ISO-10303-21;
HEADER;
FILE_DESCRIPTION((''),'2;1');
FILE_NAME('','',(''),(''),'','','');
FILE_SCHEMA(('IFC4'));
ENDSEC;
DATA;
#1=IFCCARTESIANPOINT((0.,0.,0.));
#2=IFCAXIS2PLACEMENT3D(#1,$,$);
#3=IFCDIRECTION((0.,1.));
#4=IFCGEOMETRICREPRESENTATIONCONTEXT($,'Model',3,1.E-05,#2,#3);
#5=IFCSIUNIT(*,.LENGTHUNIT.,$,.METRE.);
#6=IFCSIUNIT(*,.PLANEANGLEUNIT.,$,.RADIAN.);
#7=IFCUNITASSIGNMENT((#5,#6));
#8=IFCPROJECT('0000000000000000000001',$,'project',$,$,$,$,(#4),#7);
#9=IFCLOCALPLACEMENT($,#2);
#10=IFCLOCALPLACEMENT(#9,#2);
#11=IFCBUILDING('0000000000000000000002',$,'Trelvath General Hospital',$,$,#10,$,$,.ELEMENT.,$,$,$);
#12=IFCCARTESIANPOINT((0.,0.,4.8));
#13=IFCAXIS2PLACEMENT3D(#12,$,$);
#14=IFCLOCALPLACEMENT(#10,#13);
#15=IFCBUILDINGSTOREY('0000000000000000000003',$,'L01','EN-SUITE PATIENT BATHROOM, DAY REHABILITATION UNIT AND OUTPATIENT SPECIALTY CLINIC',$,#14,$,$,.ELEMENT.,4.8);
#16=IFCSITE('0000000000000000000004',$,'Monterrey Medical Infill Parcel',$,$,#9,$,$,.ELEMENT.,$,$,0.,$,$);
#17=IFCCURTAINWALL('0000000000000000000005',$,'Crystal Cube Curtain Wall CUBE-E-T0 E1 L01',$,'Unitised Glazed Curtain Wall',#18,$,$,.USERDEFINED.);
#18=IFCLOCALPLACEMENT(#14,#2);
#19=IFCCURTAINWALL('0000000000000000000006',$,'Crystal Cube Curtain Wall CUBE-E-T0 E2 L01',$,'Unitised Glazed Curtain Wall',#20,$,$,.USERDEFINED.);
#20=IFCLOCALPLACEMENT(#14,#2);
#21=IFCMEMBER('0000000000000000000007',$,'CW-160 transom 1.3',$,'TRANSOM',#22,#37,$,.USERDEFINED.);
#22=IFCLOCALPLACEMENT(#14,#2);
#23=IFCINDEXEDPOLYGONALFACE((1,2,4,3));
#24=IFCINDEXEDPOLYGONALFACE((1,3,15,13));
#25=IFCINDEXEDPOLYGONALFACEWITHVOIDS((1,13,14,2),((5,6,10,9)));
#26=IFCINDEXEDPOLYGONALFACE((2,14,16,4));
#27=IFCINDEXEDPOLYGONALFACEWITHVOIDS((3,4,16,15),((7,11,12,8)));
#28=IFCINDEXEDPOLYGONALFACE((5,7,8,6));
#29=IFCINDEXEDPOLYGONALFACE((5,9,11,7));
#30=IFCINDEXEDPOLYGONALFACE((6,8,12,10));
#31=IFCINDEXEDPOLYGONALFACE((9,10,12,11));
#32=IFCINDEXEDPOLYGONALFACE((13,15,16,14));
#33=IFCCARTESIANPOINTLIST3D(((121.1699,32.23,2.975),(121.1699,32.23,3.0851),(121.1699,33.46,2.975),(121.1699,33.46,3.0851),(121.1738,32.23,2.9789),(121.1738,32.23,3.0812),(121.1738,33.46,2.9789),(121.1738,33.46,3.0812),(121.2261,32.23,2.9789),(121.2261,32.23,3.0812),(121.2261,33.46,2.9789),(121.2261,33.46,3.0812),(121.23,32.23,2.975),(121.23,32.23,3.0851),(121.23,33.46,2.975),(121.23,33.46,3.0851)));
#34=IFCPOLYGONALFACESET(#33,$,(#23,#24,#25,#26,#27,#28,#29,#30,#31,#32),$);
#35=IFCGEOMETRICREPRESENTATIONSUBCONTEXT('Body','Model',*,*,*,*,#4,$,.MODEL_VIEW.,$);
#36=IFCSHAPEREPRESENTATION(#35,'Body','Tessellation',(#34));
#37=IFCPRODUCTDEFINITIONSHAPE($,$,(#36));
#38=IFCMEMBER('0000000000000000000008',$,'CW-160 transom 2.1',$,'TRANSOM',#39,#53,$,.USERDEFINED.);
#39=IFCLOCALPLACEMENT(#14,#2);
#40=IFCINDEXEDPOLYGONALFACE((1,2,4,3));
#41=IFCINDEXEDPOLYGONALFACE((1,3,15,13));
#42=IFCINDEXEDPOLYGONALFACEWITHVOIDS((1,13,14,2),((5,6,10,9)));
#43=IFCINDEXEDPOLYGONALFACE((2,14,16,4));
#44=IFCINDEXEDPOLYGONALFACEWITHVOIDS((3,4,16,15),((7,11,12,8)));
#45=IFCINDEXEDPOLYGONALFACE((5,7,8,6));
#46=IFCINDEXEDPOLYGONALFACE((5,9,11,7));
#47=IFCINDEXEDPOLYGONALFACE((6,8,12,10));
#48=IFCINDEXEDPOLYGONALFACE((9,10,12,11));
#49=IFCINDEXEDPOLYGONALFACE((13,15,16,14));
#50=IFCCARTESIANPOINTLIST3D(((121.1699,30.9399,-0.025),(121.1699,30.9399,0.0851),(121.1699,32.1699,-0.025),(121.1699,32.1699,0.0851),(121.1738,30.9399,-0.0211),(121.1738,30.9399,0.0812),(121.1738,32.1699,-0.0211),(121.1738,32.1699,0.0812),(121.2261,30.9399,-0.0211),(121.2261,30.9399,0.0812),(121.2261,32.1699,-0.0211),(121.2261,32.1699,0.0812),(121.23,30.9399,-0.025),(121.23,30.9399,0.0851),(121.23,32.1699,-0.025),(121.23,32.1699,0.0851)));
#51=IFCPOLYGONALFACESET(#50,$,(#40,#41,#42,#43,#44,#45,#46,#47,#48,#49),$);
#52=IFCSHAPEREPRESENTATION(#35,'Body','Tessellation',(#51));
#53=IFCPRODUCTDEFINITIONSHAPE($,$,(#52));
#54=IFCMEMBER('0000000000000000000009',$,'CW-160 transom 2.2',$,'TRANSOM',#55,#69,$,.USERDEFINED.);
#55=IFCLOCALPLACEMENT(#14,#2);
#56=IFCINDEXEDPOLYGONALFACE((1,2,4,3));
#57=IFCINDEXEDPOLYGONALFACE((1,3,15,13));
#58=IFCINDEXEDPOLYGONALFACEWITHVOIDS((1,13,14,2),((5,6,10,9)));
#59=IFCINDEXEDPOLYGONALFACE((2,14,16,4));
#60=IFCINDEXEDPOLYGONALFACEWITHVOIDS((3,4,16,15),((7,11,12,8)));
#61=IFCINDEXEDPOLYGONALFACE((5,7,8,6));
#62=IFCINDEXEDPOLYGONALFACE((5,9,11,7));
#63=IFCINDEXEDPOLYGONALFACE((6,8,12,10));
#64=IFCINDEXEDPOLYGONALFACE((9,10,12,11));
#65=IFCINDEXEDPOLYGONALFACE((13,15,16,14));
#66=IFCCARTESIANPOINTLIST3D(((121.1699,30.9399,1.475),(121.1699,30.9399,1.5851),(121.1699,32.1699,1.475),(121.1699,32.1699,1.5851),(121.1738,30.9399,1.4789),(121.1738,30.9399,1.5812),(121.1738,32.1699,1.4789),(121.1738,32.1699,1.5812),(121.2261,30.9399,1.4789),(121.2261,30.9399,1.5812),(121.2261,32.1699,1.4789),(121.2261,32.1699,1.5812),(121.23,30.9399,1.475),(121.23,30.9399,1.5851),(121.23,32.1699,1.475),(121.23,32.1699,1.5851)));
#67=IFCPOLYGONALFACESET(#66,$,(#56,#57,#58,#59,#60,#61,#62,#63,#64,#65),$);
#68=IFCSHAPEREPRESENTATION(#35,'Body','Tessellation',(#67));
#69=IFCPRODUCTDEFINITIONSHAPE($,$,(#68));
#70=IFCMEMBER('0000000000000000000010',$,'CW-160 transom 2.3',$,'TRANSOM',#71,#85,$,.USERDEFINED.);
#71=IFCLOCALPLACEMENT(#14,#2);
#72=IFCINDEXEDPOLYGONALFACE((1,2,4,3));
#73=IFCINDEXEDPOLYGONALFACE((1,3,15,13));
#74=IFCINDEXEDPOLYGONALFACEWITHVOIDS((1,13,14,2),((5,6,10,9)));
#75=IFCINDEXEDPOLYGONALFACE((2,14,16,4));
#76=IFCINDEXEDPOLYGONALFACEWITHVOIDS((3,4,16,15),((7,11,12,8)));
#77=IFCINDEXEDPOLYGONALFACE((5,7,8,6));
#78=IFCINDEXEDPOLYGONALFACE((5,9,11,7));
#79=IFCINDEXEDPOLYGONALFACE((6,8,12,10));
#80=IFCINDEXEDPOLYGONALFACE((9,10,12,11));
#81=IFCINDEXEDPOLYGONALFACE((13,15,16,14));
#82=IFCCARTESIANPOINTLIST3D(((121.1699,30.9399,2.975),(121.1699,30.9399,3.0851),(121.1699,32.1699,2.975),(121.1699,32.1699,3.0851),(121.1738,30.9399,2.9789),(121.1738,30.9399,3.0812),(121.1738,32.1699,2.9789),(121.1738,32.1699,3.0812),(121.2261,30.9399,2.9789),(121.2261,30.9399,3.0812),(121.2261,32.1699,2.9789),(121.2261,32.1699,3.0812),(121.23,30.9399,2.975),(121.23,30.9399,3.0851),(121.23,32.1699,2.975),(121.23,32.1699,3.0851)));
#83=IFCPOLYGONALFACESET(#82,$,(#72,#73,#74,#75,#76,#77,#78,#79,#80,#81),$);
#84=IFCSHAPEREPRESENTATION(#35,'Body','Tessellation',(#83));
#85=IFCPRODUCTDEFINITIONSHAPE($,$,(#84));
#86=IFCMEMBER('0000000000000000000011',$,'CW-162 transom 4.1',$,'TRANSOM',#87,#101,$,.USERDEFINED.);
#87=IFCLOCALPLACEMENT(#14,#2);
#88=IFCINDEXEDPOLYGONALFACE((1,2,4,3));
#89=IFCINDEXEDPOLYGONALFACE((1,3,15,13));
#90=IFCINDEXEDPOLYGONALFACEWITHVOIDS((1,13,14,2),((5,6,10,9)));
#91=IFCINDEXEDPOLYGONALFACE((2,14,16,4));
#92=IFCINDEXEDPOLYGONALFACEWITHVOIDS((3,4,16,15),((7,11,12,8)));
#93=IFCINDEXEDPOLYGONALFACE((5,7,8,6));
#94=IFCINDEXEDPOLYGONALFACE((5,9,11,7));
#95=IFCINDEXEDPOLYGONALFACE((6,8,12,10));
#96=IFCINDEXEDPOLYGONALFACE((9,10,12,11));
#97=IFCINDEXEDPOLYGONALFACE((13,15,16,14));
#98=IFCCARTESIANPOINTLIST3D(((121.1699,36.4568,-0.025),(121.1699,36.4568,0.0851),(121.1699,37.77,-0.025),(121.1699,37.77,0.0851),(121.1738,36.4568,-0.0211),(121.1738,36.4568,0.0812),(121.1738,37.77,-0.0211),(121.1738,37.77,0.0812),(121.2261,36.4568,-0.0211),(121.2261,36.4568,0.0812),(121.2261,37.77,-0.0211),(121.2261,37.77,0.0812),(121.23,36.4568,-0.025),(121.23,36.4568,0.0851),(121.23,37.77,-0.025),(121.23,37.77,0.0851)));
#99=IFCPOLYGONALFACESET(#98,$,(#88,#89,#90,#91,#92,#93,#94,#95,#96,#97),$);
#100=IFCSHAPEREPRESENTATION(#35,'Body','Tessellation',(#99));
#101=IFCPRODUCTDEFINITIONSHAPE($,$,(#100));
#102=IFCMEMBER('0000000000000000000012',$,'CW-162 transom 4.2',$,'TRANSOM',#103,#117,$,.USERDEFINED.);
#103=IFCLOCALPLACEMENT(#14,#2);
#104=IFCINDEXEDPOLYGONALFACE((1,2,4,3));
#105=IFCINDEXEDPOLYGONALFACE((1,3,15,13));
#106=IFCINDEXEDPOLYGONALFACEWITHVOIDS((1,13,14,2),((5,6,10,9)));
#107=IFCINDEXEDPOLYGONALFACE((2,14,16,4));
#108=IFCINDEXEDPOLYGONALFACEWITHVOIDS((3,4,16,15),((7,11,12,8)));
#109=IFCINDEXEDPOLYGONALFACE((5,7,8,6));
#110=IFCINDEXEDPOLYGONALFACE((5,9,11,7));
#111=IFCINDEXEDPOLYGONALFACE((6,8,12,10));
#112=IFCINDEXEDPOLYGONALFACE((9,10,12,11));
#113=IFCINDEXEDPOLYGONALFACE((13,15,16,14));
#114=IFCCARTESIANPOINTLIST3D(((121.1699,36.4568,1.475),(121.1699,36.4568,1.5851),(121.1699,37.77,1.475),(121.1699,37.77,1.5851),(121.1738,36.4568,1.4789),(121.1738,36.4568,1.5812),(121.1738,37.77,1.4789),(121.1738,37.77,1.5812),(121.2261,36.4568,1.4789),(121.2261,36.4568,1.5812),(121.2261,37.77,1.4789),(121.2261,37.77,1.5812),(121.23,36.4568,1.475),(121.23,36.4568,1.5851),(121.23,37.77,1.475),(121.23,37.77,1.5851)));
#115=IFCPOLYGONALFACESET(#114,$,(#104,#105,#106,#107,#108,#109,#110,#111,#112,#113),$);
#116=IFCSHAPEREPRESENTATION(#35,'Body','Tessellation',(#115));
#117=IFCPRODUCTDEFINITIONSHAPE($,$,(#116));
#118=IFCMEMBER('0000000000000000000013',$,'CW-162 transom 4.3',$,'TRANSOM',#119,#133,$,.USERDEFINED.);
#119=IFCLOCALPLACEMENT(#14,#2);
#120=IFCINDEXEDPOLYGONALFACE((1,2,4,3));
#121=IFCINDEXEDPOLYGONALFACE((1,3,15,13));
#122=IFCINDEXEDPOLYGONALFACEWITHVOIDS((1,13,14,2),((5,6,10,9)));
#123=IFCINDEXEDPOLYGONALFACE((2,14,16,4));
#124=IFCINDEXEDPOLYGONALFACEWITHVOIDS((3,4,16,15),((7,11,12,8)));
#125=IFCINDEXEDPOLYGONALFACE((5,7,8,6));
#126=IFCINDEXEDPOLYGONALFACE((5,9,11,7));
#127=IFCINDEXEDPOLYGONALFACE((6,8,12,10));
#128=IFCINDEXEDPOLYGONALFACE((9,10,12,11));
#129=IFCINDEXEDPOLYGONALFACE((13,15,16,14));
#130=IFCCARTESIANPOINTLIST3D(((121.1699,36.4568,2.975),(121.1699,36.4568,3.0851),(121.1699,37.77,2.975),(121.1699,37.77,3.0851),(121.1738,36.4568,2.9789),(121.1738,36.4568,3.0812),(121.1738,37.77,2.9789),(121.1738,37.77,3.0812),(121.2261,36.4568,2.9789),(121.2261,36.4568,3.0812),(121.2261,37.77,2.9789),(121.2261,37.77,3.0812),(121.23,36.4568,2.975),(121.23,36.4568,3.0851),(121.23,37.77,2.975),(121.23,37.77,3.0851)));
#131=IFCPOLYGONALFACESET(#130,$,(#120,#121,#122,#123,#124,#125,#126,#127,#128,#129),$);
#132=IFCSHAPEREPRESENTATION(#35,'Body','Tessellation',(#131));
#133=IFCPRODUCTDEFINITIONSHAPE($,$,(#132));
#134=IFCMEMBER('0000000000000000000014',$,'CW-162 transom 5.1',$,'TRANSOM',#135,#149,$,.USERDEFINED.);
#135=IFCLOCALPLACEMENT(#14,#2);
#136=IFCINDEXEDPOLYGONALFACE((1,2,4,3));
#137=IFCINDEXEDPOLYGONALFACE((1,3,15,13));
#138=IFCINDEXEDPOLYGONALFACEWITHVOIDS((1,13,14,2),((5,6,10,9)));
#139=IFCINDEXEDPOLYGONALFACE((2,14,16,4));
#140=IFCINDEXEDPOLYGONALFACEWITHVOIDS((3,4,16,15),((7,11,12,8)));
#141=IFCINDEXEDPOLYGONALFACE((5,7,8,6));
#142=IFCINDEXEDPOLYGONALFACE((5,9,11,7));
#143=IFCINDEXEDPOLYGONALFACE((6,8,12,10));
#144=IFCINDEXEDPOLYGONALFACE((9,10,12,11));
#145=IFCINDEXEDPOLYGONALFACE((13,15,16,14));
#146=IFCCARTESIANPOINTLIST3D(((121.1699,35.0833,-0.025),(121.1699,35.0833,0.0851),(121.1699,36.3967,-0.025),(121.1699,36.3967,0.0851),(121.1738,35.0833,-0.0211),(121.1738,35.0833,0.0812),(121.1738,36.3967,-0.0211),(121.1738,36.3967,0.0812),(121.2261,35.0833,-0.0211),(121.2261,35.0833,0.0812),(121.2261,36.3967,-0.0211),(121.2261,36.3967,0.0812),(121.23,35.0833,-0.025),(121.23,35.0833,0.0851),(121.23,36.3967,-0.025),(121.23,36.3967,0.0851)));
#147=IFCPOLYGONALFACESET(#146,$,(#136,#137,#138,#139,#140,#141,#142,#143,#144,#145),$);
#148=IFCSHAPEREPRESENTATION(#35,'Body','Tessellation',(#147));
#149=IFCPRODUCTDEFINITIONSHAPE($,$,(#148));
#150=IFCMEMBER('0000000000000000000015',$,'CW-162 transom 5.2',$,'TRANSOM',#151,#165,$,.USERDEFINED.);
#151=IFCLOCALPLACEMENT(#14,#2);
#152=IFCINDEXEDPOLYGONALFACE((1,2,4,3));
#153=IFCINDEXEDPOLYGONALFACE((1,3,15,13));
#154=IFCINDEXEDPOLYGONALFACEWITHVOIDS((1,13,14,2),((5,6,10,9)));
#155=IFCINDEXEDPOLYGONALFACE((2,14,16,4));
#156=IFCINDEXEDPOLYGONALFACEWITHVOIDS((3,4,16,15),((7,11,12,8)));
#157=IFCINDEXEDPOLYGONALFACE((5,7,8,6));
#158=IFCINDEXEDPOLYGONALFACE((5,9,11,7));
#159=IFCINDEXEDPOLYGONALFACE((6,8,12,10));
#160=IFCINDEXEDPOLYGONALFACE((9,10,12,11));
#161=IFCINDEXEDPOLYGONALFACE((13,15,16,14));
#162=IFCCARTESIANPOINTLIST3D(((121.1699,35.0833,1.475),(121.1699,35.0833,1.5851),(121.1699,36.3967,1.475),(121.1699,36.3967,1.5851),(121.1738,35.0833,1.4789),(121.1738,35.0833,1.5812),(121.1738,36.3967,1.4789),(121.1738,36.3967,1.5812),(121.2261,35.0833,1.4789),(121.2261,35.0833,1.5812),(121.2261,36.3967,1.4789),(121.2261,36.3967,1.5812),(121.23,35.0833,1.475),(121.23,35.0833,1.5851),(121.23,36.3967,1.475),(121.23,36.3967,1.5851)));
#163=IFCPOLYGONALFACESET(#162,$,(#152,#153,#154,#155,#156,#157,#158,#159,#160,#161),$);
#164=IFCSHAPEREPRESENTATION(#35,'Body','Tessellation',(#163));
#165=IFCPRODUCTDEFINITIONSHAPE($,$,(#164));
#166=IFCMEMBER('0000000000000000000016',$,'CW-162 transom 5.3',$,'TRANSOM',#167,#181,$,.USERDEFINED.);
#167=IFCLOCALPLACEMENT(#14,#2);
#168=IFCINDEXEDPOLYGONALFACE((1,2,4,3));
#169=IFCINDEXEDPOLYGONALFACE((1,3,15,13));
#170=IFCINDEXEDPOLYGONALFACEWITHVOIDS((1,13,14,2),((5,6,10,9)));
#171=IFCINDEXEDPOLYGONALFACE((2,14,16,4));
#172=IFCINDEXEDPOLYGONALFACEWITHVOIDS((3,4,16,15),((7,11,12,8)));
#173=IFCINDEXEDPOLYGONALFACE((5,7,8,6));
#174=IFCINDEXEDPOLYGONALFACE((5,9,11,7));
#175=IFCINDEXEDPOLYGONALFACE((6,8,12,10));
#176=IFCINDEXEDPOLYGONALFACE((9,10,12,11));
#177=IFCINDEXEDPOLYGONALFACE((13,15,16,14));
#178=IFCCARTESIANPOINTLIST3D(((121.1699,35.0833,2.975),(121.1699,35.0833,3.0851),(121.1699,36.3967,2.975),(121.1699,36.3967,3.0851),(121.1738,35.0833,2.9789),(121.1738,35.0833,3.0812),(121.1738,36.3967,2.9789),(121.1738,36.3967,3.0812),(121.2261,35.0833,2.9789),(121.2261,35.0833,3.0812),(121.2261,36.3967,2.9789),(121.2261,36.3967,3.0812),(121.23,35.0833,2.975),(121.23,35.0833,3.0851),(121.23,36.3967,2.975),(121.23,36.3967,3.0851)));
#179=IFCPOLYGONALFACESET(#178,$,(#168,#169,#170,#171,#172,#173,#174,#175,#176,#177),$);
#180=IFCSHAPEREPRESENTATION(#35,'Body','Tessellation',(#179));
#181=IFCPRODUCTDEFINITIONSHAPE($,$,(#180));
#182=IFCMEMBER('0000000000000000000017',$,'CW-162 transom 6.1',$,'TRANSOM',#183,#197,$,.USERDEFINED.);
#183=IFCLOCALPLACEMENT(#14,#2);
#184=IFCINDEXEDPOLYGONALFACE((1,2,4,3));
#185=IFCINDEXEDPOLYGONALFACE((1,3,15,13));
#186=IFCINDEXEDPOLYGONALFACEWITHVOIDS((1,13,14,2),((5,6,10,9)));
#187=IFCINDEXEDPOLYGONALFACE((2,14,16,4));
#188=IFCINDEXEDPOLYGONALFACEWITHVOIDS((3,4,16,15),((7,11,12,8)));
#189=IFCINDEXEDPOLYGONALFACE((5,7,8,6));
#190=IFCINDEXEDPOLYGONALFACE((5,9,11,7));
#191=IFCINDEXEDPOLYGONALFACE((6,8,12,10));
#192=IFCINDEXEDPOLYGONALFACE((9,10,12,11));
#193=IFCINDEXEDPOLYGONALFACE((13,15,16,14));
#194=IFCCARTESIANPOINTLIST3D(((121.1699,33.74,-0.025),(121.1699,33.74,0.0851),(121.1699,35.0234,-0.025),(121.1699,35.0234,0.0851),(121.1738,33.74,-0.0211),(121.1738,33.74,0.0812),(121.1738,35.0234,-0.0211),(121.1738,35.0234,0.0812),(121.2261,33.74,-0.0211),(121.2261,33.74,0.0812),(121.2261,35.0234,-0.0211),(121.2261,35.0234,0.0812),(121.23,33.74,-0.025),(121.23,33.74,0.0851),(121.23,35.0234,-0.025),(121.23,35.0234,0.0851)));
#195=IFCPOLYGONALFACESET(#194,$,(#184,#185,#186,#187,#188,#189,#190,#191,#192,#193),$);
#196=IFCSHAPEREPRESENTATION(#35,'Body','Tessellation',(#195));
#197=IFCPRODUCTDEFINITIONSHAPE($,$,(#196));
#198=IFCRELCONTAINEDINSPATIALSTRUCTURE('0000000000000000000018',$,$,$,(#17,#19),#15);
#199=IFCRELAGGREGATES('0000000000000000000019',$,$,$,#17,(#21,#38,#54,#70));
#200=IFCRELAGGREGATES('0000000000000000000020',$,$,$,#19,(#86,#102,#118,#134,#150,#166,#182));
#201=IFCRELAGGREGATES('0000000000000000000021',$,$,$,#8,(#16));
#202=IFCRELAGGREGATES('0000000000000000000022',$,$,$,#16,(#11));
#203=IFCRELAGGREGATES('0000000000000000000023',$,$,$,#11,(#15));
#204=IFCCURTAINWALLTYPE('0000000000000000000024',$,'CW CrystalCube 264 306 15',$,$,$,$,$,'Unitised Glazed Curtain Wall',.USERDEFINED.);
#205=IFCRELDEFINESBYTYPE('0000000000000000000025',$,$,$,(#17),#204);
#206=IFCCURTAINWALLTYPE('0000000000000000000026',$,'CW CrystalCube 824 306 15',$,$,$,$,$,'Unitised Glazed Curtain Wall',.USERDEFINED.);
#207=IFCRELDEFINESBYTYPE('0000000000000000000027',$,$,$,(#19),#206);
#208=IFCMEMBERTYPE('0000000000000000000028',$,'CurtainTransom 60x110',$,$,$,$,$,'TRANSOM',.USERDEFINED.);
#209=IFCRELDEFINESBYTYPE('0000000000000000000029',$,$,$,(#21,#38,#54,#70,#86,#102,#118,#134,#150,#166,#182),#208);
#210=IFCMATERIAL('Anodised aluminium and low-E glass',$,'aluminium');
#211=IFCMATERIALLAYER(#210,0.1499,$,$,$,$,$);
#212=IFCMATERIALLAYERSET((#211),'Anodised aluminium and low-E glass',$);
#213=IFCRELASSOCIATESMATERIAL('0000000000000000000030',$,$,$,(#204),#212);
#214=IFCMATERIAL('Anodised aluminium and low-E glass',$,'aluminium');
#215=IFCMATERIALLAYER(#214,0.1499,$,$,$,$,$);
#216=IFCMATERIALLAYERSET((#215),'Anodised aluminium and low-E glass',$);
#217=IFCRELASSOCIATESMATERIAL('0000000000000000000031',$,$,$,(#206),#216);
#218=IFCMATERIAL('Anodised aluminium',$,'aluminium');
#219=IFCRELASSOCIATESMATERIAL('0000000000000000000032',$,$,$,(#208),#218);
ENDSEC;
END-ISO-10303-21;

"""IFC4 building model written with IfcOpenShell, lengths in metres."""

from ifc_helpers import new_model, si_unit, direction, frame, origin, origin_2d, place, context, subcontext, project, spatial, hollow_rectangle, extrude, material, layer, layer_set, material_profile, profile_set, type_object, element, aggregate, save


model = new_model("IFC4")

# Units and contexts
model_context = context("Model", 3, precision=1e-05, world=origin(), true_north=direction((0.0, 1.0)))
body_context = subcontext(model_context, "Body", "Model", "MODEL_VIEW")
ifc_project = project(units=[si_unit("LENGTHUNIT", "METRE"), si_unit("PLANEANGLEUNIT", "RADIAN")], contexts=[model_context])

# Site, building, storey
site_placement = place(None, origin())
site = spatial("IfcSite", under=ifc_project, at=site_placement, Name="Monterrey Medical Infill Parcel", CompositionType="ELEMENT", RefElevation=0.0)
building_placement = place(site_placement, origin())
building = spatial("IfcBuilding", under=site, at=building_placement, Name="Trelvath General Hospital", CompositionType="ELEMENT")
storey_placement = place(building_placement, frame((0.0, 0.0, 4.8)))
storey = spatial("IfcBuildingStorey", under=building, at=storey_placement, Name="L01", Description="EN-SUITE PATIENT BATHROOM, DAY REHABILITATION UNIT AND OUTPATIENT SPECIALTY CLINIC", CompositionType="ELEMENT", Elevation=4.8)

# Curtain walls
ifc_material_1 = material(Name="Anodised aluminium and low-E glass", Category="aluminium")
ifc_layer_1 = layer(ifc_material_1, 0.1499)
ifc_layer_set_1 = layer_set([ifc_layer_1], Name="Anodised aluminium and low-E glass")
curtain_wall_type_1 = type_object("IfcCurtainWallType", Name="CW CrystalCube 264 306 15", ElementType="Unitised Glazed Curtain Wall", PredefinedType="USERDEFINED", material=ifc_layer_set_1)
curtain_wall_1_placement = place(storey_placement, origin())
curtain_wall_1 = element("IfcCurtainWall", 1, at=curtain_wall_1_placement, inside=storey, type_object=curtain_wall_type_1, Name="Crystal Cube Curtain Wall CUBE-E-T0 E1 L01", ObjectType="Unitised Glazed Curtain Wall", PredefinedType="USERDEFINED")
ifc_material_2 = material(Name="Anodised aluminium and low-E glass", Category="aluminium")
ifc_layer_2 = layer(ifc_material_2, 0.1499)
ifc_layer_set_2 = layer_set([ifc_layer_2], Name="Anodised aluminium and low-E glass")
curtain_wall_type_2 = type_object("IfcCurtainWallType", Name="CW CrystalCube 824 306 15", ElementType="Unitised Glazed Curtain Wall", PredefinedType="USERDEFINED", material=ifc_layer_set_2)
curtain_wall_2_placement = place(storey_placement, origin())
curtain_wall_2 = element("IfcCurtainWall", 2, at=curtain_wall_2_placement, inside=storey, type_object=curtain_wall_type_2, Name="Crystal Cube Curtain Wall CUBE-E-T0 E2 L01", ObjectType="Unitised Glazed Curtain Wall", PredefinedType="USERDEFINED")

# Members
ifc_material_3 = material(Name="Anodised aluminium", Category="aluminium")
ifc_material_profile_1 = material_profile(ifc_material_3, hollow_rectangle(XDim=0.0601, YDim=0.1101, WallThickness=0.0039, at=origin_2d()), Name="RHS60x110x4")
ifc_profile_set_1 = profile_set([ifc_material_profile_1], Name="Anodised aluminium")
member_type_1 = type_object("IfcMemberType", Name="CurtainTransom 60x110", ElementType="TRANSOM", PredefinedType="USERDEFINED", material=ifc_profile_set_1)
member_1_placement = place(storey_placement, frame((121.2, 33.46, 3.03), z_axis=(0.0, -1.0, 0.0), x_axis=(1.0, 0.0, 0.0)))
member_1 = element("IfcMember", 3, at=member_1_placement, type_object=member_type_1, Name="CW-160 transom 1.3", ObjectType="TRANSOM", PredefinedType="USERDEFINED", context=body_context, shape_type="SweptSolid", body=[
    extrude(hollow_rectangle(XDim=0.0601, YDim=0.1101, WallThickness=0.0039, at=origin_2d()), origin(), (0.0, 0.0, 1.0), 1.23),
])
member_2_placement = place(storey_placement, frame((121.2, 32.1699, 0.03), z_axis=(0.0, -1.0, 0.0), x_axis=(1.0, 0.0, 0.0)))
member_2 = element("IfcMember", 4, at=member_2_placement, type_object=member_type_1, Name="CW-160 transom 2.1", ObjectType="TRANSOM", PredefinedType="USERDEFINED", context=body_context, shape_type="SweptSolid", body=[
    extrude(hollow_rectangle(XDim=0.0601, YDim=0.1101, WallThickness=0.0039, at=origin_2d()), origin(), (0.0, 0.0, 1.0), 1.23),
])
member_3_placement = place(storey_placement, frame((121.2, 32.1699, 1.53), z_axis=(0.0, -1.0, 0.0), x_axis=(1.0, 0.0, 0.0)))
member_3 = element("IfcMember", 5, at=member_3_placement, type_object=member_type_1, Name="CW-160 transom 2.2", ObjectType="TRANSOM", PredefinedType="USERDEFINED", context=body_context, shape_type="SweptSolid", body=[
    extrude(hollow_rectangle(XDim=0.0601, YDim=0.1101, WallThickness=0.0039, at=origin_2d()), origin(), (0.0, 0.0, 1.0), 1.23),
])
member_4_placement = place(storey_placement, frame((121.2, 32.1699, 3.03), z_axis=(0.0, -1.0, 0.0), x_axis=(1.0, 0.0, 0.0)))
member_4 = element("IfcMember", 6, at=member_4_placement, type_object=member_type_1, Name="CW-160 transom 2.3", ObjectType="TRANSOM", PredefinedType="USERDEFINED", context=body_context, shape_type="SweptSolid", body=[
    extrude(hollow_rectangle(XDim=0.0601, YDim=0.1101, WallThickness=0.0039, at=origin_2d()), origin(), (0.0, 0.0, 1.0), 1.23),
])
member_5_placement = place(storey_placement, frame((121.2, 37.77, 0.03), z_axis=(0.0, -1.0, 0.0), x_axis=(1.0, 0.0, 0.0)))
member_5 = element("IfcMember", 7, at=member_5_placement, type_object=member_type_1, Name="CW-162 transom 4.1", ObjectType="TRANSOM", PredefinedType="USERDEFINED", context=body_context, shape_type="SweptSolid", body=[
    extrude(hollow_rectangle(XDim=0.0601, YDim=0.1101, WallThickness=0.0039, at=origin_2d()), origin(), (0.0, 0.0, 1.0), 1.3132),
])
member_6_placement = place(storey_placement, frame((121.2, 37.77, 1.53), z_axis=(0.0, -1.0, 0.0), x_axis=(1.0, 0.0, 0.0)))
member_6 = element("IfcMember", 8, at=member_6_placement, type_object=member_type_1, Name="CW-162 transom 4.2", ObjectType="TRANSOM", PredefinedType="USERDEFINED", context=body_context, shape_type="SweptSolid", body=[
    extrude(hollow_rectangle(XDim=0.0601, YDim=0.1101, WallThickness=0.0039, at=origin_2d()), origin(), (0.0, 0.0, 1.0), 1.3132),
])
member_7_placement = place(storey_placement, frame((121.2, 37.77, 3.03), z_axis=(0.0, -1.0, 0.0), x_axis=(1.0, 0.0, 0.0)))
member_7 = element("IfcMember", 9, at=member_7_placement, type_object=member_type_1, Name="CW-162 transom 4.3", ObjectType="TRANSOM", PredefinedType="USERDEFINED", context=body_context, shape_type="SweptSolid", body=[
    extrude(hollow_rectangle(XDim=0.0601, YDim=0.1101, WallThickness=0.0039, at=origin_2d()), origin(), (0.0, 0.0, 1.0), 1.3132),
])
member_8_placement = place(storey_placement, frame((121.2, 36.3967, 0.03), z_axis=(0.0, -1.0, 0.0), x_axis=(1.0, 0.0, 0.0)))
member_8 = element("IfcMember", 10, at=member_8_placement, type_object=member_type_1, Name="CW-162 transom 5.1", ObjectType="TRANSOM", PredefinedType="USERDEFINED", context=body_context, shape_type="SweptSolid", body=[
    extrude(hollow_rectangle(XDim=0.0601, YDim=0.1101, WallThickness=0.0039, at=origin_2d()), origin(), (0.0, 0.0, 1.0), 1.3135),
])
member_9_placement = place(storey_placement, frame((121.2, 36.3967, 1.53), z_axis=(0.0, -1.0, 0.0), x_axis=(1.0, 0.0, 0.0)))
member_9 = element("IfcMember", 11, at=member_9_placement, type_object=member_type_1, Name="CW-162 transom 5.2", ObjectType="TRANSOM", PredefinedType="USERDEFINED", context=body_context, shape_type="SweptSolid", body=[
    extrude(hollow_rectangle(XDim=0.0601, YDim=0.1101, WallThickness=0.0039, at=origin_2d()), origin(), (0.0, 0.0, 1.0), 1.3135),
])
member_10_placement = place(storey_placement, frame((121.2, 36.3967, 3.03), z_axis=(0.0, -1.0, 0.0), x_axis=(1.0, 0.0, 0.0)))
member_10 = element("IfcMember", 12, at=member_10_placement, type_object=member_type_1, Name="CW-162 transom 5.3", ObjectType="TRANSOM", PredefinedType="USERDEFINED", context=body_context, shape_type="SweptSolid", body=[
    extrude(hollow_rectangle(XDim=0.0601, YDim=0.1101, WallThickness=0.0039, at=origin_2d()), origin(), (0.0, 0.0, 1.0), 1.3135),
])
member_11_placement = place(storey_placement, frame((121.2, 35.0234, 0.03), z_axis=(0.0, -1.0, 0.0), x_axis=(1.0, 0.0, 0.0)))
member_11 = element("IfcMember", 13, at=member_11_placement, type_object=member_type_1, Name="CW-162 transom 6.1", ObjectType="TRANSOM", PredefinedType="USERDEFINED", context=body_context, shape_type="SweptSolid", body=[
    extrude(hollow_rectangle(XDim=0.0601, YDim=0.1101, WallThickness=0.0039, at=origin_2d()), origin(), (0.0, 0.0, 1.0), 1.2834),
])

aggregate(curtain_wall_1, [member_1, member_2, member_3, member_4])
aggregate(curtain_wall_2, [member_5, member_6, member_7, member_8, member_9, member_10, member_11])

save(model, "model.ifc")
